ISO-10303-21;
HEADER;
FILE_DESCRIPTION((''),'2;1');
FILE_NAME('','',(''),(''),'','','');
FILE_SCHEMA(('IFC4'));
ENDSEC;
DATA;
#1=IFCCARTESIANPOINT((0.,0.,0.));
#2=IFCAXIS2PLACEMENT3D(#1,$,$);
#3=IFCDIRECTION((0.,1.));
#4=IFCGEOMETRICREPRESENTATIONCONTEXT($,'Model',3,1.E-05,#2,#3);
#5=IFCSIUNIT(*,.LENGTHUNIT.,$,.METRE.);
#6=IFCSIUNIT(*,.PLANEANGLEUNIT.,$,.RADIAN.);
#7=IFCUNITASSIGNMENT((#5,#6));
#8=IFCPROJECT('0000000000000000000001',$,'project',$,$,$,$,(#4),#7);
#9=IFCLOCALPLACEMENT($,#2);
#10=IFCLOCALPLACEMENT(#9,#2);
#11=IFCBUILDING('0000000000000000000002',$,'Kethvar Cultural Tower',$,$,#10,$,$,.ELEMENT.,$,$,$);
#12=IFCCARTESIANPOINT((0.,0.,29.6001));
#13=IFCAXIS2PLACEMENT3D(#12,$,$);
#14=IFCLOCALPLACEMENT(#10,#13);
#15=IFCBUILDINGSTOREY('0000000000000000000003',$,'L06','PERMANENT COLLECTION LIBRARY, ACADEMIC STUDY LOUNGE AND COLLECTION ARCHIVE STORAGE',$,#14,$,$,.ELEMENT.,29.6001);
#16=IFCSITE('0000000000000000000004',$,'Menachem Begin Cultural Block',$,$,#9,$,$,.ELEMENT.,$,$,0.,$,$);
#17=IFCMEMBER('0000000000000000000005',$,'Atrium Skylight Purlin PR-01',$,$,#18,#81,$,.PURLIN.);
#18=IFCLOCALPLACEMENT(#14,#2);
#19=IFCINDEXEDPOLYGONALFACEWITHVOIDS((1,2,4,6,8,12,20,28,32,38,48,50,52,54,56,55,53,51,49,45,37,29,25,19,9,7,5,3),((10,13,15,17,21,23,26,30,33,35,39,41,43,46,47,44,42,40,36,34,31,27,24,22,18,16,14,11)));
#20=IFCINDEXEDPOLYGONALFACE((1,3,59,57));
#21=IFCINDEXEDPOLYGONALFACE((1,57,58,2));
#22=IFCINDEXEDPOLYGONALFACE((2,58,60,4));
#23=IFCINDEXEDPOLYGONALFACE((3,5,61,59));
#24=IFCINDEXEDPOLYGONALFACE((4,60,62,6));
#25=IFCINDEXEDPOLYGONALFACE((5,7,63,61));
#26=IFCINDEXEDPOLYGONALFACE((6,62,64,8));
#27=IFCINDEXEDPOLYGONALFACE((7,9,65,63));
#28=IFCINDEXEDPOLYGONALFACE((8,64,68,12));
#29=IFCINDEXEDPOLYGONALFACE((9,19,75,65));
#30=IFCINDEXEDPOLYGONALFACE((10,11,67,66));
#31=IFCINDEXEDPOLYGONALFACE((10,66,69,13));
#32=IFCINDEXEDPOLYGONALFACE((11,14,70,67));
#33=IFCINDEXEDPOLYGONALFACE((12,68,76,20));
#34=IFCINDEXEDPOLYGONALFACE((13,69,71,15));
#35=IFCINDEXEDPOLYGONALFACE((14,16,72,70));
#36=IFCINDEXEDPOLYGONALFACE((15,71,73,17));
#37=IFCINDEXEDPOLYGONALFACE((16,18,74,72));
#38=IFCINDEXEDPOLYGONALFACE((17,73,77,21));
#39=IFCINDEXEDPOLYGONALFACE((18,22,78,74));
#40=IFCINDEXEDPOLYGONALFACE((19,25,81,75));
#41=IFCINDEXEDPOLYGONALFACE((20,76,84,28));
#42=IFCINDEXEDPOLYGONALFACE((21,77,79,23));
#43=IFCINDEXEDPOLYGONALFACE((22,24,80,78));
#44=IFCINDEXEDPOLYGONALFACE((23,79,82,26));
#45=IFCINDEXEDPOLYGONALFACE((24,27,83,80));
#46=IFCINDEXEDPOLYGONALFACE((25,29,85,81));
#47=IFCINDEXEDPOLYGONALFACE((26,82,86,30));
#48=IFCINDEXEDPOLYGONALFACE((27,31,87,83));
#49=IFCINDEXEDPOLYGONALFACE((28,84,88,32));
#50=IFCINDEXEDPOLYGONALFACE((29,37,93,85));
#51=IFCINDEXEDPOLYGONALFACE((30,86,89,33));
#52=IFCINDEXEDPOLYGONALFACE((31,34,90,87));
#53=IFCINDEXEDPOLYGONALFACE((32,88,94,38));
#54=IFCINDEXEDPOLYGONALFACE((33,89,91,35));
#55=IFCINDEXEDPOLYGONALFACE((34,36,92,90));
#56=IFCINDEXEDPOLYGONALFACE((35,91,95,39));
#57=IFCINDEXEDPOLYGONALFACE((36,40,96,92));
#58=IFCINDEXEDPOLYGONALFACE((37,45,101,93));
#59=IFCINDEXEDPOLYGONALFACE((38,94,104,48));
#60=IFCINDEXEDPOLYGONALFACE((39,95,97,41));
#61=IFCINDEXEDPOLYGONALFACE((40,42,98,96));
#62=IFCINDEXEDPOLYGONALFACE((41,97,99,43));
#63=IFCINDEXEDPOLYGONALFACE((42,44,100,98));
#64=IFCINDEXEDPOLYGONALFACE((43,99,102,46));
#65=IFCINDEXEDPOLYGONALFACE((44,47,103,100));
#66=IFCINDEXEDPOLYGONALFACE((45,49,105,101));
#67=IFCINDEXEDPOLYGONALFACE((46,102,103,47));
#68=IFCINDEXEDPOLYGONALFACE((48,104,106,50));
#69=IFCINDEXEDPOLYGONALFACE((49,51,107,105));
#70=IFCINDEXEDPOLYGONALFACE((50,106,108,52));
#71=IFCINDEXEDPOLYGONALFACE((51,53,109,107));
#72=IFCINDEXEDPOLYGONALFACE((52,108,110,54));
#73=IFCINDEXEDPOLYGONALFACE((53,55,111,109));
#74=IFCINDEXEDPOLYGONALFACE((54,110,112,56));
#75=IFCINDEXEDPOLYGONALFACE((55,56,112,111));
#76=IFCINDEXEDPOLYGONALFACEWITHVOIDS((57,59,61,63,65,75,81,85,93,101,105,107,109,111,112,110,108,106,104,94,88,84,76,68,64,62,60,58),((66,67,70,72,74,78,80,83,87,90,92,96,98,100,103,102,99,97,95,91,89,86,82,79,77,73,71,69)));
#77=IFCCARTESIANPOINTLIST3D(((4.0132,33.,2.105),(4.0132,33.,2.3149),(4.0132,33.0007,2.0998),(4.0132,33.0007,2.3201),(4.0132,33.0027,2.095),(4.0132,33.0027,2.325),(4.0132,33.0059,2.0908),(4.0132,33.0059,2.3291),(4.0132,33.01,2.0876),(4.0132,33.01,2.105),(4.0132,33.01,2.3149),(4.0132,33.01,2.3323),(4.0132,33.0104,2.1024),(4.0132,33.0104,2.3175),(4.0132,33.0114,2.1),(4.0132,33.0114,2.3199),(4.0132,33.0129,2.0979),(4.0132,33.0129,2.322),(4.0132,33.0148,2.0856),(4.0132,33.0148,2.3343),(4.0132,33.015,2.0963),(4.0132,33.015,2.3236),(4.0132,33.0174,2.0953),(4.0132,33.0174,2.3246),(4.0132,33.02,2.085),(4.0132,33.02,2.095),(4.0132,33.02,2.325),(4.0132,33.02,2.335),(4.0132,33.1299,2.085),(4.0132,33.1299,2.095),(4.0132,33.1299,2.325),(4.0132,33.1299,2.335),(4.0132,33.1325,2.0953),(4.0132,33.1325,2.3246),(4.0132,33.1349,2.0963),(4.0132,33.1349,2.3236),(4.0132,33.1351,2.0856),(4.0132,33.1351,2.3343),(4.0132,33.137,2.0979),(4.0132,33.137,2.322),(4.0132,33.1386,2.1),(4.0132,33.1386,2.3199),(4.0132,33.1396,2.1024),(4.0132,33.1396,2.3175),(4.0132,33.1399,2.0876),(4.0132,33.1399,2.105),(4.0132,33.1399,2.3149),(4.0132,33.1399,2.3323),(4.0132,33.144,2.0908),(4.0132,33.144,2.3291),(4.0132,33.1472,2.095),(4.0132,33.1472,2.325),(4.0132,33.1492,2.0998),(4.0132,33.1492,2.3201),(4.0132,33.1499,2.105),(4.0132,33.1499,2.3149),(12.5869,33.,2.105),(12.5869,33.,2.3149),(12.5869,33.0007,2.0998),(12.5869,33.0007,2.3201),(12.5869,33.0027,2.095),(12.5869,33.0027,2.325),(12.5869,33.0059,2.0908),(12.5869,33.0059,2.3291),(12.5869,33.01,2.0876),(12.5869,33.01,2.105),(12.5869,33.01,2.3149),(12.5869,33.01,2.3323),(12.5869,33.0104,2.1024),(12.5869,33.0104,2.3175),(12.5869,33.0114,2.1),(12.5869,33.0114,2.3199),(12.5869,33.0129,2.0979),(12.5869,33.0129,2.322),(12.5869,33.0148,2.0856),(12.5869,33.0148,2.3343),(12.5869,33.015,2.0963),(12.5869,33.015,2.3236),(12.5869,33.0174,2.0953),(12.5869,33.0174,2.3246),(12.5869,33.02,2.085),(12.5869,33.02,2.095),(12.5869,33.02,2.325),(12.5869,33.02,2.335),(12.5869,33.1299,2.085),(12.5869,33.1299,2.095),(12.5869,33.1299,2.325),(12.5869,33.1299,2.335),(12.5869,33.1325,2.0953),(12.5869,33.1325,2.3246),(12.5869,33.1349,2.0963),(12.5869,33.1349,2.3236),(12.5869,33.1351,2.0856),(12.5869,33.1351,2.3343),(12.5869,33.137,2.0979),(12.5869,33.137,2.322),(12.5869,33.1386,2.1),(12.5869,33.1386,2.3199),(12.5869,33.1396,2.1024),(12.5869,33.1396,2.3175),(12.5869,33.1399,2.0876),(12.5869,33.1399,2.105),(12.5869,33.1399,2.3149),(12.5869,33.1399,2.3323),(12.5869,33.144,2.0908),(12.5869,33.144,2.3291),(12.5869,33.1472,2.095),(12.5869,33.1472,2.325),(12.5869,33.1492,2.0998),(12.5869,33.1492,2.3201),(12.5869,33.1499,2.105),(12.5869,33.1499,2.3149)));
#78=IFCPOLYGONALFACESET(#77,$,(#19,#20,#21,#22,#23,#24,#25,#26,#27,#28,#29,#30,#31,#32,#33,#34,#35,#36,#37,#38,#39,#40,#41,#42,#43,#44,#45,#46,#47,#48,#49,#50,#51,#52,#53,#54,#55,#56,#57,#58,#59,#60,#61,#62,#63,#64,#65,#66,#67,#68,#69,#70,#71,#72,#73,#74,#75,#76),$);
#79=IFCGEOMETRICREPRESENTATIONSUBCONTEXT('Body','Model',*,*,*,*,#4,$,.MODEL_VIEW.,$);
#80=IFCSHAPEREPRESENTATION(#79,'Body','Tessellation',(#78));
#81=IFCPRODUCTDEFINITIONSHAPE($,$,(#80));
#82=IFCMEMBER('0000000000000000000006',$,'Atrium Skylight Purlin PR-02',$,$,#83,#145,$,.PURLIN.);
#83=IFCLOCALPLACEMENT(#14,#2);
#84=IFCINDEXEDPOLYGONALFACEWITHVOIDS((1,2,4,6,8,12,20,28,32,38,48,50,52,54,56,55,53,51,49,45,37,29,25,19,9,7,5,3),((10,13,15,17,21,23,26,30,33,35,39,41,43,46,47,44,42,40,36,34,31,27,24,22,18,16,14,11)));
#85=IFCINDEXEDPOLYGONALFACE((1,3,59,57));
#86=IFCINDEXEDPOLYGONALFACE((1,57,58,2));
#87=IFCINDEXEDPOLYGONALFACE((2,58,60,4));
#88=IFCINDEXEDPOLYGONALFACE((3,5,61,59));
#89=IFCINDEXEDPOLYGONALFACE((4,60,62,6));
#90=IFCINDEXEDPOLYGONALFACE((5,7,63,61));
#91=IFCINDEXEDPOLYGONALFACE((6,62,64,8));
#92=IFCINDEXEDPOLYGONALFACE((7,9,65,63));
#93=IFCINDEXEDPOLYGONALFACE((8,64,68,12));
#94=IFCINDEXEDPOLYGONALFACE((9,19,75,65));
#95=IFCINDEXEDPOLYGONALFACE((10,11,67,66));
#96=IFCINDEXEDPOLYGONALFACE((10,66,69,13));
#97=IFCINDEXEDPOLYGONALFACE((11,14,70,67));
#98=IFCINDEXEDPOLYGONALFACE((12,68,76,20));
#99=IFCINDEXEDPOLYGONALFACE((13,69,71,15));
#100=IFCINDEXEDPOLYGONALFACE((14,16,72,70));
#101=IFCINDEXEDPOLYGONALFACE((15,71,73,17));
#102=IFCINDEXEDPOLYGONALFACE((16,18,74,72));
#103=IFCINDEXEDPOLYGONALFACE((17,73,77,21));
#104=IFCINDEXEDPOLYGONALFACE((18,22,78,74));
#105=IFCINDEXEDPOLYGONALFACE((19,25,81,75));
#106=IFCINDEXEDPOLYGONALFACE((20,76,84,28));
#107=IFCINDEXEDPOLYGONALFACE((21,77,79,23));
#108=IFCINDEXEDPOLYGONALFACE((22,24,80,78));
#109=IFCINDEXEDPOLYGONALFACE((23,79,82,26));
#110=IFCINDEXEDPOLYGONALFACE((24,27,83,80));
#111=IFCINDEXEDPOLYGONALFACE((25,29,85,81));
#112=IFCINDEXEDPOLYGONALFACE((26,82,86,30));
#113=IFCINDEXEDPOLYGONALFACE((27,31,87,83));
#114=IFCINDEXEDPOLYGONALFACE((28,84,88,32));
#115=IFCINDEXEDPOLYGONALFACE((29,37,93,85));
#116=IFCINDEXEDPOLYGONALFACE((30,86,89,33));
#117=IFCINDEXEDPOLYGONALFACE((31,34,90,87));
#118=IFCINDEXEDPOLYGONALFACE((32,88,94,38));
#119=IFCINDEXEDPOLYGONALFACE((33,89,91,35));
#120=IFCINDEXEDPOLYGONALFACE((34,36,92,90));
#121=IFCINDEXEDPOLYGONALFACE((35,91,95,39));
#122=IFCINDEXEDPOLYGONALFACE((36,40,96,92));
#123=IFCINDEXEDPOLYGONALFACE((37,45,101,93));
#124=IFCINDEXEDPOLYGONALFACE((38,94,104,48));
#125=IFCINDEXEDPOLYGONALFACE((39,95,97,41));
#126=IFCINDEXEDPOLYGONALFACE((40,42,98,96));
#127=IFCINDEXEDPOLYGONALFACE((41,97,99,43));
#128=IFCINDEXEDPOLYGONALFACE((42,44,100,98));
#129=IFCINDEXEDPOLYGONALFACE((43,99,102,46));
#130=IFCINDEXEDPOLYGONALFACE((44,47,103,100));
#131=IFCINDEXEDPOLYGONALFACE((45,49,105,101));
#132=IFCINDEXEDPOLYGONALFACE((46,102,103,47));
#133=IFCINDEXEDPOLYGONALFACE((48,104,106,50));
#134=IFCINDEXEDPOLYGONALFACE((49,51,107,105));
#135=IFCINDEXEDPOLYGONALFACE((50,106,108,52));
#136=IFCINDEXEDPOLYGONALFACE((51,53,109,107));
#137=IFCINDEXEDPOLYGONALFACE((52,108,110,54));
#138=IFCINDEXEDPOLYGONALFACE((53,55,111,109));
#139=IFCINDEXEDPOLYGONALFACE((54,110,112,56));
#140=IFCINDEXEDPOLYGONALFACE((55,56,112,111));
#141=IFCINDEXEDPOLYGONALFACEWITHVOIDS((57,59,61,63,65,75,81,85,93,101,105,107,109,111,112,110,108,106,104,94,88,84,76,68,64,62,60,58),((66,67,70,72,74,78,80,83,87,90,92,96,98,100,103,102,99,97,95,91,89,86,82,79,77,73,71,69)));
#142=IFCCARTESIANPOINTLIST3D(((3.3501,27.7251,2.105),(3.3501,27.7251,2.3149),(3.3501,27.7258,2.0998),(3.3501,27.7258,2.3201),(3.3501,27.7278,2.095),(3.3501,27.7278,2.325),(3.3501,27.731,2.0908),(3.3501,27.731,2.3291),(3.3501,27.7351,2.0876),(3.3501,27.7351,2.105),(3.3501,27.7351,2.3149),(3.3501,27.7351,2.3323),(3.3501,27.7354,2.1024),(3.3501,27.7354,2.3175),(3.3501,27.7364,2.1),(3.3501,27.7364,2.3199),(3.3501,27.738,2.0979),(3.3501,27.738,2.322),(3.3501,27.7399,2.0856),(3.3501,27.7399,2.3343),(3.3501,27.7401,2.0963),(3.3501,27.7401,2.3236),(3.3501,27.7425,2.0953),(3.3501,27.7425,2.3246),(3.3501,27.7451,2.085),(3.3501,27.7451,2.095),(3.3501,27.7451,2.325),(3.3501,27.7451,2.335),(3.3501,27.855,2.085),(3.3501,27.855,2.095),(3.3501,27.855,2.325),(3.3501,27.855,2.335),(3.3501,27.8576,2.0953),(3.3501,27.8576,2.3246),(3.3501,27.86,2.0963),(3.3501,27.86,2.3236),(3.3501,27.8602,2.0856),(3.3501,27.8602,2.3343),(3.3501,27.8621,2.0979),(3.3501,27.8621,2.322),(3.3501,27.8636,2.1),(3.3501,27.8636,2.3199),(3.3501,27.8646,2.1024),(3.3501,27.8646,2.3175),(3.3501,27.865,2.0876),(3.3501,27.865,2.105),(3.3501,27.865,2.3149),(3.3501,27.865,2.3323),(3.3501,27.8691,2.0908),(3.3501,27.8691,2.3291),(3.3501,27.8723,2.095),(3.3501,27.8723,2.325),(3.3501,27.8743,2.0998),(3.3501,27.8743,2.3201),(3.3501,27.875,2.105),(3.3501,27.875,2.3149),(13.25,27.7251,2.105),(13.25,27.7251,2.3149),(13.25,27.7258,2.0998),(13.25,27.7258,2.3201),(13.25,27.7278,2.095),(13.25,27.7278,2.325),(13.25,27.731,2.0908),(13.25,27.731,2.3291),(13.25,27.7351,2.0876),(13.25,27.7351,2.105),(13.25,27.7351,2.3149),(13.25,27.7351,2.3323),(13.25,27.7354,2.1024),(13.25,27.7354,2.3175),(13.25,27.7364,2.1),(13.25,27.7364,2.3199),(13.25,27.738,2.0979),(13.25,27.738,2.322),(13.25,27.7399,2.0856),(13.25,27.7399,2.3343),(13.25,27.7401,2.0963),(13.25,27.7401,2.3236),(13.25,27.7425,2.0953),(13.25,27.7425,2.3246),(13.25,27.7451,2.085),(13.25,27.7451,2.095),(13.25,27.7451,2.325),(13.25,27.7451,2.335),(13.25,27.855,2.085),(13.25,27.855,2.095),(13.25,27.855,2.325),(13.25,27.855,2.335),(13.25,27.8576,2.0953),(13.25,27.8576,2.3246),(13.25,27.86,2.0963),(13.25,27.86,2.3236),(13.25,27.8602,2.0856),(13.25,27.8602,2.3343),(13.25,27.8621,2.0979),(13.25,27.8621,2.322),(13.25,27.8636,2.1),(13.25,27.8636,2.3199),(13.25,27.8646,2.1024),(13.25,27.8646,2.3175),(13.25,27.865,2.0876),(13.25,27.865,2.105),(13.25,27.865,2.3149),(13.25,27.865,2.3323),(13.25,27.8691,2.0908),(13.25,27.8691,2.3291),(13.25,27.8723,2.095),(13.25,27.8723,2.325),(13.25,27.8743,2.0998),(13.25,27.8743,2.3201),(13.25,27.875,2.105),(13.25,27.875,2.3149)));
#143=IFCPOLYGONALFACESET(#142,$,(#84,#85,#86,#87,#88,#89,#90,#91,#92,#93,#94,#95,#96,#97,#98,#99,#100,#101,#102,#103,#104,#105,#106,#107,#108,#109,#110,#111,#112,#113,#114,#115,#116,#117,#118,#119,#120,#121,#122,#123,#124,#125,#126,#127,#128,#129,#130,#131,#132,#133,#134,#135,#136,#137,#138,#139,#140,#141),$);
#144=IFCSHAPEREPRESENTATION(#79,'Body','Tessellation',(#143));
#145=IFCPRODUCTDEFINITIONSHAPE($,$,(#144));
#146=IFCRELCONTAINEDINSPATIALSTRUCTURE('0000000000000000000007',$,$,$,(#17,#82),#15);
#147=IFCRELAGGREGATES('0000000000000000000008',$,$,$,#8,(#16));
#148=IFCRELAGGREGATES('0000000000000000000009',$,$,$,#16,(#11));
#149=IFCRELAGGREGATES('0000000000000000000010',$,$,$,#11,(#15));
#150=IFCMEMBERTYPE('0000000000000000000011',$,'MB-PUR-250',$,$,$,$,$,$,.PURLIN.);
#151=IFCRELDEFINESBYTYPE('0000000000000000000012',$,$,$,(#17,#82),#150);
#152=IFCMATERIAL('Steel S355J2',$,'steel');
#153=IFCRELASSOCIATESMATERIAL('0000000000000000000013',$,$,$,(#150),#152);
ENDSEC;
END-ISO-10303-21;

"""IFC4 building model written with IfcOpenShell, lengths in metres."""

from ifc_helpers import new_model, si_unit, direction, frame, origin, origin_2d, place, context, subcontext, project, spatial, hollow_rectangle, extrude, source, transform, mapped, material, material_profile, profile_set, type_object, element, save


model = new_model("IFC4")

# Units and contexts
model_context = context("Model", 3, precision=1e-05, world=origin(), true_north=direction((0.0, 1.0)))
body_context = subcontext(model_context, "Body", "Model", "MODEL_VIEW")
ifc_project = project(units=[si_unit("LENGTHUNIT", "METRE"), si_unit("PLANEANGLEUNIT", "RADIAN")], contexts=[model_context])

# Site, building, storey
site_placement = place(None, origin())
site = spatial("IfcSite", under=ifc_project, at=site_placement, Name="Menachem Begin Cultural Block", CompositionType="ELEMENT", RefElevation=0.0)
building_placement = place(site_placement, origin())
building = spatial("IfcBuilding", under=site, at=building_placement, Name="Kethvar Cultural Tower", CompositionType="ELEMENT")
storey_placement = place(building_placement, frame((0.0, 0.0, 29.6001)))
storey = spatial("IfcBuildingStorey", under=building, at=storey_placement, Name="L06", Description="PERMANENT COLLECTION LIBRARY, ACADEMIC STUDY LOUNGE AND COLLECTION ARCHIVE STORAGE", CompositionType="ELEMENT", Elevation=29.6001)

# Members
ifc_material_1 = material(Name="Steel S355J2", Category="steel")
ifc_material_profile_1 = material_profile(ifc_material_1, hollow_rectangle(XDim=0.1499, YDim=0.25, WallThickness=0.01, InnerFilletRadius=0.01, OuterFilletRadius=0.02, at=origin_2d()), Name="Steel S355J2 — RHS250x150x10")
ifc_profile_set_1 = profile_set([ifc_material_profile_1], Name="Steel S355J2 — RHS250x150x10")
member_type_1 = type_object("IfcMemberType", Name="MB-PUR-250", PredefinedType="PURLIN", material=ifc_profile_set_1)
shared_shape_1 = source(origin(), body_context, "Body", "SweptSolid", [
    extrude(hollow_rectangle(XDim=0.1499, YDim=0.25, WallThickness=0.01, InnerFilletRadius=0.01, OuterFilletRadius=0.02, at=origin_2d()), origin(), (0.0, 0.0, 1.0), 8.5737),
])
member_1_placement = place(storey_placement, frame((4.0132, 33.075, 2.21), z_axis=(1.0, 0.0, 0.0), x_axis=(0.0, 1.0, 0.0)))
element("IfcMember", 1, at=member_1_placement, inside=storey, type_object=member_type_1, Name="Atrium Skylight Purlin PR-01", PredefinedType="PURLIN", context=body_context, shape_type="MappedRepresentation", body=[
    mapped(shared_shape_1, transform((0.0, 0.0, 0.0), scale=1.0)),
])
shared_shape_2 = source(origin(), body_context, "Body", "SweptSolid", [
    extrude(hollow_rectangle(XDim=0.1499, YDim=0.25, WallThickness=0.01, InnerFilletRadius=0.01, OuterFilletRadius=0.02, at=origin_2d()), origin(), (0.0, 0.0, 1.0), 9.8999),
])
member_2_placement = place(storey_placement, frame((3.3501, 27.8, 2.21), z_axis=(1.0, 0.0, 0.0), x_axis=(0.0, 1.0, 0.0)))
element("IfcMember", 2, at=member_2_placement, inside=storey, type_object=member_type_1, Name="Atrium Skylight Purlin PR-02", PredefinedType="PURLIN", context=body_context, shape_type="MappedRepresentation", body=[
    mapped(shared_shape_2, transform((0.0, 0.0, 0.0), scale=1.0)),
])

save(model, "model.ifc")
